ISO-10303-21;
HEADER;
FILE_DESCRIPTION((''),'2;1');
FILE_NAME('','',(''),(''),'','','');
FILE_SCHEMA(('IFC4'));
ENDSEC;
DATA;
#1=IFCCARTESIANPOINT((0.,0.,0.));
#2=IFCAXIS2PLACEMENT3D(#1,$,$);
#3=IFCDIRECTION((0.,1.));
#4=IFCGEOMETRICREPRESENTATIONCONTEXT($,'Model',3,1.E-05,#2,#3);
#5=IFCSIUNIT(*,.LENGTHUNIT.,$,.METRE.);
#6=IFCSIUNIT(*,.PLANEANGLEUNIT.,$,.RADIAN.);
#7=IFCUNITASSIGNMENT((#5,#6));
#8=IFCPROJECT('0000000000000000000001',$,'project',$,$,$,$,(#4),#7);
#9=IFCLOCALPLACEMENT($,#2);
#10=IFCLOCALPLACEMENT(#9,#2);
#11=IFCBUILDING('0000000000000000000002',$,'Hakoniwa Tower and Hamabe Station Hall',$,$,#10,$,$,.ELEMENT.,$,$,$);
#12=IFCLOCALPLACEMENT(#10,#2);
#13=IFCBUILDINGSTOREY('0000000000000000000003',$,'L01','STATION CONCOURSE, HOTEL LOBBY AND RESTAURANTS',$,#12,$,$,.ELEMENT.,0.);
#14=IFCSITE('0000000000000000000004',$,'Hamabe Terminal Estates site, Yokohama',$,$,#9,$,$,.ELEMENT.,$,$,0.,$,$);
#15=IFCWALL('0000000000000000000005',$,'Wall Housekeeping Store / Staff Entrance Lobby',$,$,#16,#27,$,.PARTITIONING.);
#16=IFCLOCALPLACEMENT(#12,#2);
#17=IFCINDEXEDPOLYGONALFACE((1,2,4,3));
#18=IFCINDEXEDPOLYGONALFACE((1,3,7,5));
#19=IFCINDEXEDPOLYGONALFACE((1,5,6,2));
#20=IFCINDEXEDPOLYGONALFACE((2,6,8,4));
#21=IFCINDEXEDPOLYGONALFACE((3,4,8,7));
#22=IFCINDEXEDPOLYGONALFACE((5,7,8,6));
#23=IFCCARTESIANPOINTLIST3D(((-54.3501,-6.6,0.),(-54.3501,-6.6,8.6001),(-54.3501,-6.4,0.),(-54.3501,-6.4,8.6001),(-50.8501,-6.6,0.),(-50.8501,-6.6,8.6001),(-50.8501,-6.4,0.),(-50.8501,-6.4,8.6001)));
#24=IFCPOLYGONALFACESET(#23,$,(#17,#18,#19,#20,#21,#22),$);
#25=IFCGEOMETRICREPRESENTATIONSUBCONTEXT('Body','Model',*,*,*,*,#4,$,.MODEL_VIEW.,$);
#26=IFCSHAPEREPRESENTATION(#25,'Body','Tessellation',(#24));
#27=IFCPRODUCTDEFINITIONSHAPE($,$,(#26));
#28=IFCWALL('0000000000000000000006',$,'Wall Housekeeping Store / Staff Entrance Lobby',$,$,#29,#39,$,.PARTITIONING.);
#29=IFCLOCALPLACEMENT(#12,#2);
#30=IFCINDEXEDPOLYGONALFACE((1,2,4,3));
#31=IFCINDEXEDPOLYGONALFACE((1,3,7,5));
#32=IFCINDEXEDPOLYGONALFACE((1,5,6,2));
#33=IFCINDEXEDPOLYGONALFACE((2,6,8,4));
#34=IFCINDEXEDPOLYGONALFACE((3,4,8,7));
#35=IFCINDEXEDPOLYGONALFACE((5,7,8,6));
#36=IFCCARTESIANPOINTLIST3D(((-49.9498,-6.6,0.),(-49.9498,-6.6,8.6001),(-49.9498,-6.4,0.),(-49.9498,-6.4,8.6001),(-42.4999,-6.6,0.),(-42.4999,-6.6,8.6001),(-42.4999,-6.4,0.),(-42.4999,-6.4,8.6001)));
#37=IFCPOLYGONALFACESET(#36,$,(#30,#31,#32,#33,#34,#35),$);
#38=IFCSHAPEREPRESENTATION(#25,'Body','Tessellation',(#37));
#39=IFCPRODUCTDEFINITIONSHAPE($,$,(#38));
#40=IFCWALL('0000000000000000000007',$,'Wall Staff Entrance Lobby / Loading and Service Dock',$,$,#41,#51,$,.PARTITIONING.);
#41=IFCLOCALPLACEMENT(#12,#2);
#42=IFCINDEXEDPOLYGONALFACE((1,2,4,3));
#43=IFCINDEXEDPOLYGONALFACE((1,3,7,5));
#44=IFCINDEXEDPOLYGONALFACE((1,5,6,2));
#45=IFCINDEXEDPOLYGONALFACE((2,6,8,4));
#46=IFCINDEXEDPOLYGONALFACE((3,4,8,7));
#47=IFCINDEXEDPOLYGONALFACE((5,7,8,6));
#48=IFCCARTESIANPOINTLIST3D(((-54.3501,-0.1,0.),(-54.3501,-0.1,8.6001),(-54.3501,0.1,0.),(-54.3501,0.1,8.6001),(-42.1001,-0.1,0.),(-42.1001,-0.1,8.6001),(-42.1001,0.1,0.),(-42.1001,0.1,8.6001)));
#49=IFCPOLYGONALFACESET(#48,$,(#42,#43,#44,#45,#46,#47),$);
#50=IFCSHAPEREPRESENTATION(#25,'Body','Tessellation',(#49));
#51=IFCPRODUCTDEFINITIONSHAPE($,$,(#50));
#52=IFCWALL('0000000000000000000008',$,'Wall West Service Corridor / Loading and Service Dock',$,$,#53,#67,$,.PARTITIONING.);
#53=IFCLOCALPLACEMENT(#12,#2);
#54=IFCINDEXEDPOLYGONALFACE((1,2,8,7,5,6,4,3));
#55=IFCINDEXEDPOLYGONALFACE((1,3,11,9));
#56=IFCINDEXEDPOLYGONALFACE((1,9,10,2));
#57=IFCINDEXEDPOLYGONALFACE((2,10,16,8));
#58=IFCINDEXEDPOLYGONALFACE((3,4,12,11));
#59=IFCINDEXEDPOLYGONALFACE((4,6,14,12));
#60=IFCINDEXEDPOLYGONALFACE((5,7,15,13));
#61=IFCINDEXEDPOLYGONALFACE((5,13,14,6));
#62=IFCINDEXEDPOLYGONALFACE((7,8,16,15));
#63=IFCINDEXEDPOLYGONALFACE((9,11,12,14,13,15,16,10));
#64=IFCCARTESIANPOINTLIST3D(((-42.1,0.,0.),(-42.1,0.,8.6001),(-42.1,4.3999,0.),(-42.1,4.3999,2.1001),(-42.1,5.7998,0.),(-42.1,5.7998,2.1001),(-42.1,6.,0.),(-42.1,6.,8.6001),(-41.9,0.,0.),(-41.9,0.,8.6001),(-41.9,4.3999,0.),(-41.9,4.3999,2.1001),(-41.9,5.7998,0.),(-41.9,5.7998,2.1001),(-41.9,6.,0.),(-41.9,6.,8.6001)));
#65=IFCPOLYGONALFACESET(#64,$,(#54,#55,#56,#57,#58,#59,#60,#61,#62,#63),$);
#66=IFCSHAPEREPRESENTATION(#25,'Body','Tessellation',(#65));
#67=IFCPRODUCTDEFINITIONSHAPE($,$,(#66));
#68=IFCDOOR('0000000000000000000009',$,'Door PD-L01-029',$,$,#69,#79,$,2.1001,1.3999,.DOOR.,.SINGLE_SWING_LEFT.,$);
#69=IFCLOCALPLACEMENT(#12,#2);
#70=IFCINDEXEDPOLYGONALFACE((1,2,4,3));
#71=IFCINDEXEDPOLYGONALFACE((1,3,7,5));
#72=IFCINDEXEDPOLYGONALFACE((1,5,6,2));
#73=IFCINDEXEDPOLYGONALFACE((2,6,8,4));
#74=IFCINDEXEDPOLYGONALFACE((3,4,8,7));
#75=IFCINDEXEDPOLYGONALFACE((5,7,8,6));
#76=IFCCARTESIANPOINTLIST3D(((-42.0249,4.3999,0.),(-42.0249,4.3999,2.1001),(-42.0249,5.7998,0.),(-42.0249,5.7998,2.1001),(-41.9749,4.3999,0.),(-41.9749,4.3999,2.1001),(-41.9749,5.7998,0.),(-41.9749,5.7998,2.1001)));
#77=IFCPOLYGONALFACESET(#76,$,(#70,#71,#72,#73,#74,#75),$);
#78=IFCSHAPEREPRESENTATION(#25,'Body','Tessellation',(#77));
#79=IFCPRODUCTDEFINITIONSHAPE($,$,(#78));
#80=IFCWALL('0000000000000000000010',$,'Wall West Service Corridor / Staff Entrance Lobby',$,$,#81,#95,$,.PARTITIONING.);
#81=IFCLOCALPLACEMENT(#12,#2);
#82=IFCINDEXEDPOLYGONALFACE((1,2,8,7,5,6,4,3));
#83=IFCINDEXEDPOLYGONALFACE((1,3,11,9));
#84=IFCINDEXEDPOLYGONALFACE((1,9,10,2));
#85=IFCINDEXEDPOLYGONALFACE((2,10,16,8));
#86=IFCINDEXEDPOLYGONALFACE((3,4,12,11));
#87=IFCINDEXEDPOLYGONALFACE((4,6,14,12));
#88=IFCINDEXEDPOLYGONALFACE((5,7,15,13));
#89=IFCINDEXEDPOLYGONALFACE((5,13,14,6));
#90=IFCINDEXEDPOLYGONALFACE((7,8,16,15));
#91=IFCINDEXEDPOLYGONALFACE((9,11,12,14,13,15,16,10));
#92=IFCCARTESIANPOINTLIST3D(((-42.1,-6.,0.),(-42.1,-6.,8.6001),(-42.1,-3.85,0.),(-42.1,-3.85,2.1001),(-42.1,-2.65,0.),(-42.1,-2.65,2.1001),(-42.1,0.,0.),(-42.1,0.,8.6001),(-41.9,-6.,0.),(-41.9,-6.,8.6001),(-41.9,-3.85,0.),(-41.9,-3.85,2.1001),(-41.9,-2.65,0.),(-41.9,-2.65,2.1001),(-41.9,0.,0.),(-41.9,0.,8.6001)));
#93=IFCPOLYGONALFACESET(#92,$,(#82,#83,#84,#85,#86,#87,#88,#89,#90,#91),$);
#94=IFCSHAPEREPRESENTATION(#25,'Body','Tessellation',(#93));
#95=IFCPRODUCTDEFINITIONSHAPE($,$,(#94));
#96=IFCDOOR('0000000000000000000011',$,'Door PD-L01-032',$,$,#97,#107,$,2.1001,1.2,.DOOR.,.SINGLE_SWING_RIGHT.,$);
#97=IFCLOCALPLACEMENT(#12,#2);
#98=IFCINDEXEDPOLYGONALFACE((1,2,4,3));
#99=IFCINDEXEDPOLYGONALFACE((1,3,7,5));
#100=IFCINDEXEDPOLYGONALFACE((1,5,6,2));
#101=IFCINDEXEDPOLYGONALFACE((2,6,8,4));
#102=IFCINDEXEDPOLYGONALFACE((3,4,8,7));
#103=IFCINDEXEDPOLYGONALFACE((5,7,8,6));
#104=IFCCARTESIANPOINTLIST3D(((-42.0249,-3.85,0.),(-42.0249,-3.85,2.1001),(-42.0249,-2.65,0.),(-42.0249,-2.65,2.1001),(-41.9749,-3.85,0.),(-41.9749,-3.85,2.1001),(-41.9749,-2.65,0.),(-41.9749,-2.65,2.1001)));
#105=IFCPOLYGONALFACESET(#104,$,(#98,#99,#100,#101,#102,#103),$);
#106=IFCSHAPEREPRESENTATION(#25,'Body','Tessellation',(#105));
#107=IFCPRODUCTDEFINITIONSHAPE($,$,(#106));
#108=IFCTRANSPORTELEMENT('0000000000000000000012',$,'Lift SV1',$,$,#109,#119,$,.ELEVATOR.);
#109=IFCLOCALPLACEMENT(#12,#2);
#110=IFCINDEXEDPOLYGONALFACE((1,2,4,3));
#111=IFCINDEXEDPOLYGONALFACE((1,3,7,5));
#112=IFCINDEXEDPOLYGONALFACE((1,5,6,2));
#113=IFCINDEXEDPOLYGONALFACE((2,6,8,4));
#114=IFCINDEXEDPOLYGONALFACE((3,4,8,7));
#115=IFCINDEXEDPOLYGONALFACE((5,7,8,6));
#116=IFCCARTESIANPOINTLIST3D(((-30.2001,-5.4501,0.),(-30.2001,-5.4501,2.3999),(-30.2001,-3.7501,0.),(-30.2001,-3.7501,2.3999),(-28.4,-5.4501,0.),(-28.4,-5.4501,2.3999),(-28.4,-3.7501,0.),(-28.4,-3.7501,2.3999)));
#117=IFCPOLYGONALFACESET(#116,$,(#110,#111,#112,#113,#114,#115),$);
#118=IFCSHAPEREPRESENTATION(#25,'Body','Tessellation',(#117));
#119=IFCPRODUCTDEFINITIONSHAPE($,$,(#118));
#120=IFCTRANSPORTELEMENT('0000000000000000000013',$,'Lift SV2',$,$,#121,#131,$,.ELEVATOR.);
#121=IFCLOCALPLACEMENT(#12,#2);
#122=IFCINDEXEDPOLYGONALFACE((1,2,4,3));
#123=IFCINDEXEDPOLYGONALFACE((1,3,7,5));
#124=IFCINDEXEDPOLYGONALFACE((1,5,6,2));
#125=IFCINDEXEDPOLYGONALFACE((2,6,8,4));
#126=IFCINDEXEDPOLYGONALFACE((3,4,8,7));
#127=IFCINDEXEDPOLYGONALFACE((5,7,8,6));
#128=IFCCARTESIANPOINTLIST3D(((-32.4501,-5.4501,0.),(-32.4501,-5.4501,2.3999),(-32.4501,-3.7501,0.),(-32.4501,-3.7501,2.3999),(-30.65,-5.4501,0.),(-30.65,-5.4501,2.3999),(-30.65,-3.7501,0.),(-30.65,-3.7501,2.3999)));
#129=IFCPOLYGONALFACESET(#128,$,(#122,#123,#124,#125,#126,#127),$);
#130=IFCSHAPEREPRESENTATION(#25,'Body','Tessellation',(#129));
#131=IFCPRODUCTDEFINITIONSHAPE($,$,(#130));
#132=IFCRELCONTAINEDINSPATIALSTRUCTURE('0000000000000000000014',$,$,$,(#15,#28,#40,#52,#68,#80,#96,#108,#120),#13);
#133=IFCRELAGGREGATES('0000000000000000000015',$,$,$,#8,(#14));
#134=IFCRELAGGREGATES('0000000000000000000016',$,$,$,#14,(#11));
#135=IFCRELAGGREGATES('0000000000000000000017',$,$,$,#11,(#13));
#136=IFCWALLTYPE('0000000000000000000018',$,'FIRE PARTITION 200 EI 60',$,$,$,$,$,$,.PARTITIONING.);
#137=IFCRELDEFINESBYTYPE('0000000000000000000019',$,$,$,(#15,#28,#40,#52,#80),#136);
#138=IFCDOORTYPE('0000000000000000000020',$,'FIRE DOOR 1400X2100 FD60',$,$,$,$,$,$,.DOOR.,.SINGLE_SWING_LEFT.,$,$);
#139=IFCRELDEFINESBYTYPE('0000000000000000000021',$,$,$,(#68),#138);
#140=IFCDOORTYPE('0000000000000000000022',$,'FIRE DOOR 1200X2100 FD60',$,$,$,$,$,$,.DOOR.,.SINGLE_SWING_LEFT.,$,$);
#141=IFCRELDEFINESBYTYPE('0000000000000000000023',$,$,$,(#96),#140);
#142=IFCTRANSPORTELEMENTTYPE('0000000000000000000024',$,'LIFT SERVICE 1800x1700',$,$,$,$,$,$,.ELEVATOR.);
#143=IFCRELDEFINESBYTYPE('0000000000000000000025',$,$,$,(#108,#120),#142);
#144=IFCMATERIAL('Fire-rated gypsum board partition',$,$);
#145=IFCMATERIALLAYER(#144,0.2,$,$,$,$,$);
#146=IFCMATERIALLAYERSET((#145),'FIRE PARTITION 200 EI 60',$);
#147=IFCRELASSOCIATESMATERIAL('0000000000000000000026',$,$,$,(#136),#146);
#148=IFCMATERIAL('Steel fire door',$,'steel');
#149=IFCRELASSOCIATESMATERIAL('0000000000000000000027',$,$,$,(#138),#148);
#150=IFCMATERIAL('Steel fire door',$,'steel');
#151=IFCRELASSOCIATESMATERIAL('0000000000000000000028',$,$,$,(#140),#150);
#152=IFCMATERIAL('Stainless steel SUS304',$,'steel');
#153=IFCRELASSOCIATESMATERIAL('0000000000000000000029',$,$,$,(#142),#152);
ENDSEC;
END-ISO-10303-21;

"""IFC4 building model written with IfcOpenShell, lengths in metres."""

from ifc_helpers import new_model, si_unit, direction, frame, frame_2d, origin, origin_2d, place, context, subcontext, project, spatial, rectangle, extrude, material, layer, layer_set, type_object, element, fill, save


model = new_model("IFC4")

# Units and contexts
model_context = context("Model", 3, precision=1e-05, world=origin(), true_north=direction((0.0, 1.0)))
body_context = subcontext(model_context, "Body", "Model", "MODEL_VIEW")
ifc_project = project(units=[si_unit("LENGTHUNIT", "METRE"), si_unit("PLANEANGLEUNIT", "RADIAN")], contexts=[model_context])

# Site, building, storey
site_placement = place(None, origin())
site = spatial("IfcSite", under=ifc_project, at=site_placement, Name="Hamabe Terminal Estates site, Yokohama", CompositionType="ELEMENT", RefElevation=0.0)
building_placement = place(site_placement, origin())
building = spatial("IfcBuilding", under=site, at=building_placement, Name="Hakoniwa Tower and Hamabe Station Hall", CompositionType="ELEMENT")
storey_placement = place(building_placement, origin())
storey = spatial("IfcBuildingStorey", under=building, at=storey_placement, Name="L01", Description="STATION CONCOURSE, HOTEL LOBBY AND RESTAURANTS", CompositionType="ELEMENT", Elevation=0.0)

# Walls
ifc_material_1 = material(Name="Fire-rated gypsum board partition")
ifc_layer_1 = layer(ifc_material_1, 0.2)
ifc_layer_set_1 = layer_set([ifc_layer_1], Name="FIRE PARTITION 200 EI 60")
wall_type_1 = type_object("IfcWallType", Name="FIRE PARTITION 200 EI 60", PredefinedType="PARTITIONING", material=ifc_layer_set_1)
wall_1_placement = place(storey_placement, frame((-54.3501, -6.5, 0.0), z_axis=(0.0, 0.0, 1.0), x_axis=(1.0, 0.0, 0.0)))
element("IfcWall", 1, at=wall_1_placement, inside=storey, type_object=wall_type_1, Name="Wall Housekeeping Store / Staff Entrance Lobby", PredefinedType="PARTITIONING", context=body_context, shape_type="SweptSolid", body=[
    extrude(rectangle(XDim=3.5, YDim=0.2, at=frame_2d((1.75, 0.0))), origin(), (0.0, 0.0, 1.0), 8.6001),
])
wall_2_placement = place(storey_placement, frame((-49.95, -6.5, 0.0), z_axis=(0.0, 0.0, 1.0), x_axis=(1.0, 0.0, 0.0)))
element("IfcWall", 2, at=wall_2_placement, inside=storey, type_object=wall_type_1, Name="Wall Housekeeping Store / Staff Entrance Lobby", PredefinedType="PARTITIONING", context=body_context, shape_type="SweptSolid", body=[
    extrude(rectangle(XDim=7.45, YDim=0.2, at=frame_2d((3.7251, 0.0))), origin(), (0.0, 0.0, 1.0), 8.6001),
])
wall_3_placement = place(storey_placement, frame((-54.3501, 0.0, 0.0), z_axis=(0.0, 0.0, 1.0), x_axis=(1.0, 0.0, 0.0)))
element("IfcWall", 3, at=wall_3_placement, inside=storey, type_object=wall_type_1, Name="Wall Staff Entrance Lobby / Loading and Service Dock", PredefinedType="PARTITIONING", context=body_context, shape_type="SweptSolid", body=[
    extrude(rectangle(XDim=12.25, YDim=0.2, at=frame_2d((6.125, 0.0))), origin(), (0.0, 0.0, 1.0), 8.6001),
])

# Walls, openings, doors
wall_4_placement = place(storey_placement, frame((-42.0, 0.0, 0.0), z_axis=(0.0, 0.0, 1.0), x_axis=(0.0, 1.0, 0.0)))
wall_4 = element("IfcWall", 4, at=wall_4_placement, inside=storey, type_object=wall_type_1, Name="Wall West Service Corridor / Loading and Service Dock", PredefinedType="PARTITIONING", context=body_context, shape_type="SweptSolid", body=[
    extrude(rectangle(XDim=6.0, YDim=0.2, at=frame_2d((3.0, 0.0))), origin(), (0.0, 0.0, 1.0), 8.6001),
])
opening_1_placement = place(wall_4_placement, frame((4.3999, 0.0, 0.0)))
opening_1 = element("IfcOpeningElement", 5, at=opening_1_placement, cuts=wall_4, PredefinedType="OPENING", context=body_context, shape_type="SweptSolid", body=[
    extrude(rectangle(XDim=1.3999, YDim=2.1001, at=frame_2d((0.7, 1.05))), frame((0.0, 0.1099, 0.0), z_axis=(0.0, -1.0, 0.0), x_axis=(1.0, 0.0, 0.0)), (0.0, 0.0, 1.0), 0.22),
])
ifc_material_2 = material(Name="Steel fire door", Category="steel")
door_type_1 = type_object("IfcDoorType", Name="FIRE DOOR 1400X2100 FD60", OperationType="SINGLE_SWING_LEFT", PredefinedType="DOOR", material=ifc_material_2)
door_1_placement = place(opening_1_placement, origin())
door_1 = element("IfcDoor", 6, at=door_1_placement, inside=storey, type_object=door_type_1, Name="Door PD-L01-029", OperationType="SINGLE_SWING_LEFT", OverallHeight=2.1001, OverallWidth=1.3999, PredefinedType="DOOR", context=body_context, shape_type="SweptSolid", body=[
    extrude(rectangle(XDim=1.3999, YDim=2.1001, at=frame_2d((0.7, 1.05))), frame((0.0, 0.0249, 0.0), z_axis=(0.0, -1.0, 0.0), x_axis=(1.0, 0.0, 0.0)), (0.0, 0.0, 1.0), 0.05),
])
fill(opening_1, door_1)
wall_5_placement = place(storey_placement, frame((-42.0, -6.0, 0.0), z_axis=(0.0, 0.0, 1.0), x_axis=(0.0, 1.0, 0.0)))
wall_5 = element("IfcWall", 7, at=wall_5_placement, inside=storey, type_object=wall_type_1, Name="Wall West Service Corridor / Staff Entrance Lobby", PredefinedType="PARTITIONING", context=body_context, shape_type="SweptSolid", body=[
    extrude(rectangle(XDim=6.0, YDim=0.2, at=frame_2d((3.0, 0.0))), origin(), (0.0, 0.0, 1.0), 8.6001),
])
opening_2_placement = place(wall_5_placement, frame((2.1499, 0.0, 0.0)))
opening_2 = element("IfcOpeningElement", 8, at=opening_2_placement, cuts=wall_5, PredefinedType="OPENING", context=body_context, shape_type="SweptSolid", body=[
    extrude(rectangle(XDim=1.2, YDim=2.1001, at=frame_2d((0.6001, 1.05))), frame((0.0, 0.1099, 0.0), z_axis=(0.0, -1.0, 0.0), x_axis=(1.0, 0.0, 0.0)), (0.0, 0.0, 1.0), 0.22),
])
ifc_material_3 = material(Name="Steel fire door", Category="steel")
door_type_2 = type_object("IfcDoorType", Name="FIRE DOOR 1200X2100 FD60", OperationType="SINGLE_SWING_LEFT", PredefinedType="DOOR", material=ifc_material_3)
door_2_placement = place(opening_2_placement, origin())
door_2 = element("IfcDoor", 9, at=door_2_placement, inside=storey, type_object=door_type_2, Name="Door PD-L01-032", OperationType="SINGLE_SWING_RIGHT", OverallHeight=2.1001, OverallWidth=1.2, PredefinedType="DOOR", context=body_context, shape_type="SweptSolid", body=[
    extrude(rectangle(XDim=1.2, YDim=2.1001, at=frame_2d((0.6001, 1.05))), frame((0.0, 0.0249, 0.0), z_axis=(0.0, -1.0, 0.0), x_axis=(1.0, 0.0, 0.0)), (0.0, 0.0, 1.0), 0.05),
])
fill(opening_2, door_2)

# Transport elements
ifc_material_4 = material(Name="Stainless steel SUS304", Category="steel")
transport_element_type = type_object("IfcTransportElementType", Name="LIFT SERVICE 1800x1700", PredefinedType="ELEVATOR", material=ifc_material_4)
for number, where, z_axis, x_axis, name in (
    (10, (-29.3, -4.6001, 0.0), (0.0, 0.0, 1.0), (1.0, 0.0, 0.0), "Lift SV1"),
    (11, (-31.55, -4.6001, 0.0), (0.0, 0.0, 1.0), (1.0, 0.0, 0.0), "Lift SV2"),
):
    element("IfcTransportElement", number, at=place(storey_placement, frame(where, z_axis=z_axis, x_axis=x_axis)), inside=storey, type_object=transport_element_type, Name=name, PredefinedType="ELEVATOR", context=body_context, shape_type="SweptSolid", body=[
        extrude(rectangle(XDim=1.8, YDim=1.7, at=origin_2d()), origin(), (0.0, 0.0, 1.0), 2.3999),
    ])

save(model, "model.ifc")
